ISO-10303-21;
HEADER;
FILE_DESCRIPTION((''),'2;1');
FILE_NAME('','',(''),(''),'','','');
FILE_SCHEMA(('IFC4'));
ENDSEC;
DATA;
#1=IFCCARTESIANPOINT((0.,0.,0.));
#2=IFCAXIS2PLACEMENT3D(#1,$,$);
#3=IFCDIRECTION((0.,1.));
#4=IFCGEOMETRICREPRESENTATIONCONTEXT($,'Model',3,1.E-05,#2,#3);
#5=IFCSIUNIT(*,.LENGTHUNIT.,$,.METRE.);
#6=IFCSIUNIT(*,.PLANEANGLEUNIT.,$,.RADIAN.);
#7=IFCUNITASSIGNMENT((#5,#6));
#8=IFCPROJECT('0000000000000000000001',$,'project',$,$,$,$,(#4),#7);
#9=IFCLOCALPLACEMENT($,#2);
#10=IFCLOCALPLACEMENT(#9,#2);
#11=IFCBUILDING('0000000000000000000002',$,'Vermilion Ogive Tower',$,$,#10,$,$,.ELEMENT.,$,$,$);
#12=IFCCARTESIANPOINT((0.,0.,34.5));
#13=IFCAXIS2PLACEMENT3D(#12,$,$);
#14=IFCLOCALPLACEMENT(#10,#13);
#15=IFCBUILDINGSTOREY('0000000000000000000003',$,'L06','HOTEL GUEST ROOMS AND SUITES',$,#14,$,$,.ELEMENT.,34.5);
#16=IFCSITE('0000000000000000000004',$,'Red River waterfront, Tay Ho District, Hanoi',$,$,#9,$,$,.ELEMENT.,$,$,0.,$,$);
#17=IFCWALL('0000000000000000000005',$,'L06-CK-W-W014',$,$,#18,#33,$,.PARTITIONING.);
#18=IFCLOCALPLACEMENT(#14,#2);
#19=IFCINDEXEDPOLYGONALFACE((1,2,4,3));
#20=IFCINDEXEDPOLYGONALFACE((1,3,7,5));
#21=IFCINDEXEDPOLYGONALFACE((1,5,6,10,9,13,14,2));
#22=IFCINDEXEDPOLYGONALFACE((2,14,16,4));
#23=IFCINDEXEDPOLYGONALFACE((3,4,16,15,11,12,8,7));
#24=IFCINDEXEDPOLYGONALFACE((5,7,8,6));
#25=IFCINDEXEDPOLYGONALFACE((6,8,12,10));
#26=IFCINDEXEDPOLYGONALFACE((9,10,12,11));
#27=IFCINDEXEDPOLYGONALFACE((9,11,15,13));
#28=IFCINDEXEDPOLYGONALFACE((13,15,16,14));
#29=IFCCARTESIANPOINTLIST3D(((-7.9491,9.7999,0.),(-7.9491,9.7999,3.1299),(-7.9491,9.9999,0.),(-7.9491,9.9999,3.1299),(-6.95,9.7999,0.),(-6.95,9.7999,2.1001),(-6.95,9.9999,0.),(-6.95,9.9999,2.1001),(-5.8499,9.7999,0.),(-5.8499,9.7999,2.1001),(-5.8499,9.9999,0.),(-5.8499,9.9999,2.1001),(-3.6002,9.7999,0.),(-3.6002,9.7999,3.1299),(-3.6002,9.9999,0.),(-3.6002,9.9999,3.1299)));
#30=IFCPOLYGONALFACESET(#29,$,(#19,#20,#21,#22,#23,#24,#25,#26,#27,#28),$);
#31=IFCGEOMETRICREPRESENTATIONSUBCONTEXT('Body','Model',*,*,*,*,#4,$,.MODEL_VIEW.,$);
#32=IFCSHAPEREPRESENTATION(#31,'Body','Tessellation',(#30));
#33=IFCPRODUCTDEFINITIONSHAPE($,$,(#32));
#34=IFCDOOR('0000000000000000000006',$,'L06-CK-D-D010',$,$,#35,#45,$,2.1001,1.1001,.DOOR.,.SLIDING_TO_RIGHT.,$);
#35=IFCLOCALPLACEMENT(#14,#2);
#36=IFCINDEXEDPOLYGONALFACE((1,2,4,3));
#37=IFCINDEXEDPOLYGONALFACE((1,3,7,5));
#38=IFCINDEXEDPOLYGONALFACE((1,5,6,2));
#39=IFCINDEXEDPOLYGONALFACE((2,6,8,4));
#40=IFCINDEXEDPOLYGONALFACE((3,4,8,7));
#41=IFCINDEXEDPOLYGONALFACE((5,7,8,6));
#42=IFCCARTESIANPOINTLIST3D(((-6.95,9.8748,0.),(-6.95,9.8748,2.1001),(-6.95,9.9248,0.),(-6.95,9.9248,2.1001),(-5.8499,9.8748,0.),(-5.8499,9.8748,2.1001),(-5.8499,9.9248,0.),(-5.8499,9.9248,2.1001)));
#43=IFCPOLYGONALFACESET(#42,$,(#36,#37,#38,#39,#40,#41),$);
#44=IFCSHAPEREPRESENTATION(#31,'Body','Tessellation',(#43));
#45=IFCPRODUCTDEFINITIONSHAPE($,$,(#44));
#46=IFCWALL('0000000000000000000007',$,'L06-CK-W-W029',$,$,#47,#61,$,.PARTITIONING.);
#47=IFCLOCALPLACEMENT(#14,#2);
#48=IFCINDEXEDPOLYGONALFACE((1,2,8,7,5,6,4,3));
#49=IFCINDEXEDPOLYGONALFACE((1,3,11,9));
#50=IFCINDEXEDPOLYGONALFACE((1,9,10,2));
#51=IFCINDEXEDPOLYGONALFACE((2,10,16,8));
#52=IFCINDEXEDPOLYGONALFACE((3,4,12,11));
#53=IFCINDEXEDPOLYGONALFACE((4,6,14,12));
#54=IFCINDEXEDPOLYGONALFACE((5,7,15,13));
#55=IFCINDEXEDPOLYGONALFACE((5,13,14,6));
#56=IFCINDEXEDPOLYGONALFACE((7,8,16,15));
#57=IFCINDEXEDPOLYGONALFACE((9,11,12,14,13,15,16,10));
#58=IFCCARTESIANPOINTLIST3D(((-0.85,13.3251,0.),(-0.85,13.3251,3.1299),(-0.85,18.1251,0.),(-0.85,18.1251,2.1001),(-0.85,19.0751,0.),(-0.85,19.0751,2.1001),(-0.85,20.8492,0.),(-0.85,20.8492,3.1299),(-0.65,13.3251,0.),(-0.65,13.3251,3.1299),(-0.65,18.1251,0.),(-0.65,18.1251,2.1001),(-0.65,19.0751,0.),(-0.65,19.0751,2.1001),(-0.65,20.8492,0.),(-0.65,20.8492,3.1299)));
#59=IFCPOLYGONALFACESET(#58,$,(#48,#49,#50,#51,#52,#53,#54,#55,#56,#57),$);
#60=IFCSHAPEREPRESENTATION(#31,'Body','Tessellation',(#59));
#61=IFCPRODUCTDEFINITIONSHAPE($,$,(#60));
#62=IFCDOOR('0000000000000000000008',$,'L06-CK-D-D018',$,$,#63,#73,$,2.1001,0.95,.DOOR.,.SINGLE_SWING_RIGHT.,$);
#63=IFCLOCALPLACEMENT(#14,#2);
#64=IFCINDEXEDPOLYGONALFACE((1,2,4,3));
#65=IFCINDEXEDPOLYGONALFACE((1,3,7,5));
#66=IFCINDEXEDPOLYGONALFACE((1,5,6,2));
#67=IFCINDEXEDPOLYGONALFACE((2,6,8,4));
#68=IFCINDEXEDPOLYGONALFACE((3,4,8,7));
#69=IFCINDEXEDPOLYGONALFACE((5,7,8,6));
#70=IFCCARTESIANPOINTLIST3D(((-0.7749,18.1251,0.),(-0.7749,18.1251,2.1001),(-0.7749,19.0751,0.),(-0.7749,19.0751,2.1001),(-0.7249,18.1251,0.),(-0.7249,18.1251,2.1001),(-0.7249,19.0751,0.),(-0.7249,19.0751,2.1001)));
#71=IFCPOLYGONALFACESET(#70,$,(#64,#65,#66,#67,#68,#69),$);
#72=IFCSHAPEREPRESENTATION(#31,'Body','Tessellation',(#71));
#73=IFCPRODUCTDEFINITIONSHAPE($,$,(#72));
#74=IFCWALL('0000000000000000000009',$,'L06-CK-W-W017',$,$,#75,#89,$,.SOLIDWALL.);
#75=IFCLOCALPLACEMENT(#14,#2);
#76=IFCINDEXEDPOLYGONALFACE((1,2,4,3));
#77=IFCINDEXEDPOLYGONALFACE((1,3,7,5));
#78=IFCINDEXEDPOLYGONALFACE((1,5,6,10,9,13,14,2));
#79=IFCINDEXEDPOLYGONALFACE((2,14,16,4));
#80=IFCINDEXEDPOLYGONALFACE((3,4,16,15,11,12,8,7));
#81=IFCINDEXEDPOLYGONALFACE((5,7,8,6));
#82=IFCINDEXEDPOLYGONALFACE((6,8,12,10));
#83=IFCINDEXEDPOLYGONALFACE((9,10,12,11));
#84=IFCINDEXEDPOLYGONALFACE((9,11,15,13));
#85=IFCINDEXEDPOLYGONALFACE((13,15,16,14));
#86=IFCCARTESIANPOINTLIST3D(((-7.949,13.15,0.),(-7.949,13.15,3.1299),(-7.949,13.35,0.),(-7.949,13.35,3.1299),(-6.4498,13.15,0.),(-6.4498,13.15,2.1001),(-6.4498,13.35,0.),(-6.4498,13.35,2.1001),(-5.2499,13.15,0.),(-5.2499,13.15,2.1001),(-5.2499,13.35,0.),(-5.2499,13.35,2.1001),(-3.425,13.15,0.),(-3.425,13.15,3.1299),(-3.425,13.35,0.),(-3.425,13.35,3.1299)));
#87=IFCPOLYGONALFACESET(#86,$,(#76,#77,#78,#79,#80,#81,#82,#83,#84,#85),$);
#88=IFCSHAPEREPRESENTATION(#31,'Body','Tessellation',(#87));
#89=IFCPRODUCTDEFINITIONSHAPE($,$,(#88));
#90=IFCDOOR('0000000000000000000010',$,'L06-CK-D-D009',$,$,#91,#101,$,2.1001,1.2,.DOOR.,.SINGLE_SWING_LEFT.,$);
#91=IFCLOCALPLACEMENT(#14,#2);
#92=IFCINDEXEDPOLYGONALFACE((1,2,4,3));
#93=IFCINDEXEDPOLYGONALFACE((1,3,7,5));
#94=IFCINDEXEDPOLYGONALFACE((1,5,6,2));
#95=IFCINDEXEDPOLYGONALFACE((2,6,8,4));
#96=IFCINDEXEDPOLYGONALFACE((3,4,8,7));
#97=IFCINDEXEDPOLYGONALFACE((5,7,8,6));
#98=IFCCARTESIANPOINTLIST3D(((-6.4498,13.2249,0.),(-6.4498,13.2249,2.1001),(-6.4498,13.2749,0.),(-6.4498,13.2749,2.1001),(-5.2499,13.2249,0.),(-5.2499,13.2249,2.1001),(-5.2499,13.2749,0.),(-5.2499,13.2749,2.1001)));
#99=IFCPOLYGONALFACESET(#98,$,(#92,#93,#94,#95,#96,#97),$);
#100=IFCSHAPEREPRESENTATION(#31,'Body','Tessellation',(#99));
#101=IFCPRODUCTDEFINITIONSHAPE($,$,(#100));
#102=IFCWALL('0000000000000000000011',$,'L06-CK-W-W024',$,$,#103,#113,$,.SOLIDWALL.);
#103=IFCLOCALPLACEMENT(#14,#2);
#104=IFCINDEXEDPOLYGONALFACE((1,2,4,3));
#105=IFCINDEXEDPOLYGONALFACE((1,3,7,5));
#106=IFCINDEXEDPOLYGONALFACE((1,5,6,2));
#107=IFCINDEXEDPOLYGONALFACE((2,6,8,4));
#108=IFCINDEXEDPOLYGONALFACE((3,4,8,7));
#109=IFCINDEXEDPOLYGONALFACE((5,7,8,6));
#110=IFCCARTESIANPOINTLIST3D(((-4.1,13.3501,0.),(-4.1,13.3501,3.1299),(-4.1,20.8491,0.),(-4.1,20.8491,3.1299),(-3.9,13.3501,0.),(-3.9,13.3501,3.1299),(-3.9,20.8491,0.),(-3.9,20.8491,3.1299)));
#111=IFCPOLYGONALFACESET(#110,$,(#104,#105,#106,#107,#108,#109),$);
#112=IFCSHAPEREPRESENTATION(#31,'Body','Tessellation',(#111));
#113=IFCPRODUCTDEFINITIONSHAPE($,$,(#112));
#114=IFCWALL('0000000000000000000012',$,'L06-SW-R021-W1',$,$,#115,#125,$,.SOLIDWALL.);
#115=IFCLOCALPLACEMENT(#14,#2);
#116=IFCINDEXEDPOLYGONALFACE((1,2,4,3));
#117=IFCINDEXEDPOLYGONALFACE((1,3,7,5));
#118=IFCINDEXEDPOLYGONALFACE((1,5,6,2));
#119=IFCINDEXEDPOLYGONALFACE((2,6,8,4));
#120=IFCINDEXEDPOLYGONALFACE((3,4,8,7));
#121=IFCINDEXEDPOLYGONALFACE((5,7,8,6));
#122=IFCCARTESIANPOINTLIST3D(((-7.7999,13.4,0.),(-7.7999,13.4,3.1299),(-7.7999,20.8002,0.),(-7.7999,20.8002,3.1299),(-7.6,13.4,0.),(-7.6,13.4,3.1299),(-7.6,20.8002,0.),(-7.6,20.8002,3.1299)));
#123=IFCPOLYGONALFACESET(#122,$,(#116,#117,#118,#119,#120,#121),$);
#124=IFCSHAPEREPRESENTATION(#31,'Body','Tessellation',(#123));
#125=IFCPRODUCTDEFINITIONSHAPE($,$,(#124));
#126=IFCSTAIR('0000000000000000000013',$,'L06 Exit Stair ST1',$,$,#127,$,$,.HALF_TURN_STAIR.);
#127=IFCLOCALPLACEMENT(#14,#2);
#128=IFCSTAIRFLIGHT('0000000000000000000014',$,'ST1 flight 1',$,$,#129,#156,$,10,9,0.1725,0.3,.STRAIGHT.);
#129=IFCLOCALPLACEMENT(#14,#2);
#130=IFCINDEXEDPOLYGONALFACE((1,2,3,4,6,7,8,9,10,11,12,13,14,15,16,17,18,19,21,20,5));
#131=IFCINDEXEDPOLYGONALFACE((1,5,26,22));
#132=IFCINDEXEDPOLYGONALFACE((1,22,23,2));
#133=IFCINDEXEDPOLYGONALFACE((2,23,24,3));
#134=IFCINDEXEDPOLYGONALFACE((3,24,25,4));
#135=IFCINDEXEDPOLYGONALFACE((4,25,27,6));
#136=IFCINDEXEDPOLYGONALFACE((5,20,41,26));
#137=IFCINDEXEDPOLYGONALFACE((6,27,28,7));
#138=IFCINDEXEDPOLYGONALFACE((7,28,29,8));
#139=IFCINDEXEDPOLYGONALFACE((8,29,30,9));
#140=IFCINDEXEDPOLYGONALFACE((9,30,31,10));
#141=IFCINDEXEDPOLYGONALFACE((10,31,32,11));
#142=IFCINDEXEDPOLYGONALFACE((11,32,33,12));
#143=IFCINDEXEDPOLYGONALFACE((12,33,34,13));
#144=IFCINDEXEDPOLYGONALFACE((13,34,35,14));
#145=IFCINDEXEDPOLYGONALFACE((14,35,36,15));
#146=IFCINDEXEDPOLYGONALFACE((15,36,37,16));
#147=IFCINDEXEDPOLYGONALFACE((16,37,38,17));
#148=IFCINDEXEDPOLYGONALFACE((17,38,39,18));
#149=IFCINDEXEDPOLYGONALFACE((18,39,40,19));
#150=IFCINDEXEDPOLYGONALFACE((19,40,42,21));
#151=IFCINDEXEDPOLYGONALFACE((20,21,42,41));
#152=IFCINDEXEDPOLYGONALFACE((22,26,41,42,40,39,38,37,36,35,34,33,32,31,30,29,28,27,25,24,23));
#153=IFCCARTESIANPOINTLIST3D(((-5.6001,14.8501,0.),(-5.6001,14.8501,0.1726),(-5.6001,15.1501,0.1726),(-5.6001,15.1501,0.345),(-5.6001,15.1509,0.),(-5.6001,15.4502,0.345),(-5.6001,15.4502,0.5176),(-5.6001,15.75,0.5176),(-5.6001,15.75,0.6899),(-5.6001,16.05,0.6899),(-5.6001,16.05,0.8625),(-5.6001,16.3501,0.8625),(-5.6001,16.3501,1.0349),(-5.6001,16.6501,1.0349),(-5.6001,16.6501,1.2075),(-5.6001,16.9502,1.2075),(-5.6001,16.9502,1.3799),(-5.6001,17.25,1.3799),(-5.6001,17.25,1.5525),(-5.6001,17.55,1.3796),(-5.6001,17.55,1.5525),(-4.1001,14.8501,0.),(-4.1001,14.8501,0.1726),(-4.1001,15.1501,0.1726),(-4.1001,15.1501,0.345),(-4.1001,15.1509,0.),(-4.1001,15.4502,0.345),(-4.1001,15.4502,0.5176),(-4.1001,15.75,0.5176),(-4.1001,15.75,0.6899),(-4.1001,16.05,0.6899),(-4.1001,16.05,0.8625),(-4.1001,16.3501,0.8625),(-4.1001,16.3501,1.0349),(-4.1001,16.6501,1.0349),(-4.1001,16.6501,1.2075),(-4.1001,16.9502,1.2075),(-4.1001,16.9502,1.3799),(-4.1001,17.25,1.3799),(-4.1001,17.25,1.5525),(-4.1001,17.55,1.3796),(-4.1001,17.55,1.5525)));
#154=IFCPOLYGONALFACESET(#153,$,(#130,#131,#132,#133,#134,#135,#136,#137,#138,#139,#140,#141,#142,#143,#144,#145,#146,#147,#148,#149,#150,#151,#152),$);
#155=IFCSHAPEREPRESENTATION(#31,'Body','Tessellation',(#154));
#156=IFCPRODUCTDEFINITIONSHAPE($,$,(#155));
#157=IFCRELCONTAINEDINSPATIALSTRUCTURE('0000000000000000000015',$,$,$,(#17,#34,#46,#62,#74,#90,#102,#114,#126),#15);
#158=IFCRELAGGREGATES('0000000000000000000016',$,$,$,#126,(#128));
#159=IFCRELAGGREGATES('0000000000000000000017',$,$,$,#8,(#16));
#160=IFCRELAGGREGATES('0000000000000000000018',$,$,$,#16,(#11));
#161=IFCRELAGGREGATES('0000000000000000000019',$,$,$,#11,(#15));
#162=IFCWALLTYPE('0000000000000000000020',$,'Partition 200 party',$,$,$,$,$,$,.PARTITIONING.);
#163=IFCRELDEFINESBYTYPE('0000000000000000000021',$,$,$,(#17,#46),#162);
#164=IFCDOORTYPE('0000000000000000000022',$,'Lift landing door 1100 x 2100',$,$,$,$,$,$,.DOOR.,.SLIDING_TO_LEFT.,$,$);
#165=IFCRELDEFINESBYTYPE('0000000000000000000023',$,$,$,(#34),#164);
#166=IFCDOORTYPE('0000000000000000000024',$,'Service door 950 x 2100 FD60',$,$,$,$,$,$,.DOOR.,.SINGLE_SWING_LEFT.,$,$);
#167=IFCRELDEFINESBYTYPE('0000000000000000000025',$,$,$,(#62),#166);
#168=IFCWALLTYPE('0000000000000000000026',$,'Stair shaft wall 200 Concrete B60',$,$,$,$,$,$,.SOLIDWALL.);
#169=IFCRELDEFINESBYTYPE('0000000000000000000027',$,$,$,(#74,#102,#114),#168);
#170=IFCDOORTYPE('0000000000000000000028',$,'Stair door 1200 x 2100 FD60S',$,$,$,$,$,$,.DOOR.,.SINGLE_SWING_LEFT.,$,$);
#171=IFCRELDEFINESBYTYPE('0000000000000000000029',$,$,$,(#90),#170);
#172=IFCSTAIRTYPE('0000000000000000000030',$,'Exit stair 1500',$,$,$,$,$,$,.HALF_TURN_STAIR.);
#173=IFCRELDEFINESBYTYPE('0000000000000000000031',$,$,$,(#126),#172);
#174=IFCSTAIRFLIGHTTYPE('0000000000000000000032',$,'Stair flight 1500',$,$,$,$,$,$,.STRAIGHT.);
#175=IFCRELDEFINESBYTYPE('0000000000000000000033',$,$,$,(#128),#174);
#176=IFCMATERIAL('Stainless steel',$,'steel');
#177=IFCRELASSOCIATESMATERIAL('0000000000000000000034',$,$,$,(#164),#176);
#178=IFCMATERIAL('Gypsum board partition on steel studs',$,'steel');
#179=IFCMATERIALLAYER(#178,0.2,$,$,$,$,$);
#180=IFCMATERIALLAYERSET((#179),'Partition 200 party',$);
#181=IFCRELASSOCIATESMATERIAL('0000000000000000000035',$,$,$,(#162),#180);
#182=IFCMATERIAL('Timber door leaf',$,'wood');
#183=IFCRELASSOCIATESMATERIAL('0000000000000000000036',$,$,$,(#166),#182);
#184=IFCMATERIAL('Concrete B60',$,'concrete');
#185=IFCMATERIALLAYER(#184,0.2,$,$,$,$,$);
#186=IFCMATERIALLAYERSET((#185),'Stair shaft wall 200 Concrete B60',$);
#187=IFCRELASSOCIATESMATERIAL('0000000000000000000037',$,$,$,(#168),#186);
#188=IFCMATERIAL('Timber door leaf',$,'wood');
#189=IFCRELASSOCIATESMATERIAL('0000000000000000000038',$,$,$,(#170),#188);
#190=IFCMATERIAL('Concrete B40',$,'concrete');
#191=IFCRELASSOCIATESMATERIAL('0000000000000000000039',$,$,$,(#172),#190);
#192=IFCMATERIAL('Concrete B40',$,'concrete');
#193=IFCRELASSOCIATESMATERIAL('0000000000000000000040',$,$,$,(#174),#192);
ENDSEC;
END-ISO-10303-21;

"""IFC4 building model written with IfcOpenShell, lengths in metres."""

from ifc_helpers import new_model, si_unit, direction, frame, frame_2d, origin, place, context, subcontext, project, spatial, polyline, rectangle, outline, extrude, material, layer, layer_set, type_object, element, fill, aggregate, save


model = new_model("IFC4")

# Units and contexts
model_context = context("Model", 3, precision=1e-05, world=origin(), true_north=direction((0.0, 1.0)))
body_context = subcontext(model_context, "Body", "Model", "MODEL_VIEW")
ifc_project = project(units=[si_unit("LENGTHUNIT", "METRE"), si_unit("PLANEANGLEUNIT", "RADIAN")], contexts=[model_context])

# Site, building, storey
site_placement = place(None, origin())
site = spatial("IfcSite", under=ifc_project, at=site_placement, Name="Red River waterfront, Tay Ho District, Hanoi", CompositionType="ELEMENT", RefElevation=0.0)
building_placement = place(site_placement, origin())
building = spatial("IfcBuilding", under=site, at=building_placement, Name="Vermilion Ogive Tower", CompositionType="ELEMENT")
storey_placement = place(building_placement, frame((0.0, 0.0, 34.5)))
storey = spatial("IfcBuildingStorey", under=building, at=storey_placement, Name="L06", Description="HOTEL GUEST ROOMS AND SUITES", CompositionType="ELEMENT", Elevation=34.5)

# Shared definitions
ifc_material_1 = material(Name="Stainless steel", Category="steel")
door_type_1 = type_object("IfcDoorType", Name="Lift landing door 1100 x 2100", OperationType="SLIDING_TO_LEFT", PredefinedType="DOOR", material=ifc_material_1)

# Walls, openings, doors
ifc_material_2 = material(Name="Gypsum board partition on steel studs", Category="steel")
ifc_layer_1 = layer(ifc_material_2, 0.2)
ifc_layer_set_1 = layer_set([ifc_layer_1], Name="Partition 200 party")
wall_type_1 = type_object("IfcWallType", Name="Partition 200 party", PredefinedType="PARTITIONING", material=ifc_layer_set_1)
wall_1_placement = place(storey_placement, frame((-7.949, 9.8999, 0.0), z_axis=(0.0, 0.0, 1.0), x_axis=(1.0, 0.0, 0.0)))
wall_1 = element("IfcWall", 1, at=wall_1_placement, inside=storey, type_object=wall_type_1, Name="L06-CK-W-W014", PredefinedType="PARTITIONING", context=body_context, shape_type="SweptSolid", body=[
    extrude(rectangle(XDim=4.3489, YDim=0.2, at=frame_2d((2.1743, 0.0))), origin(), (0.0, 0.0, 1.0), 3.1299),
])
opening_1_placement = place(wall_1_placement, frame((0.999, 0.0, 0.0)))
opening_1 = element("IfcOpeningElement", 2, at=opening_1_placement, cuts=wall_1, PredefinedType="OPENING", context=body_context, shape_type="SweptSolid", body=[
    extrude(rectangle(XDim=1.1001, YDim=2.1001, at=frame_2d((0.55, 1.05))), frame((0.0, 0.1099, 0.0), z_axis=(0.0, -1.0, 0.0), x_axis=(1.0, 0.0, 0.0)), (0.0, 0.0, 1.0), 0.22),
])
door_1_placement = place(opening_1_placement, origin())
door_1 = element("IfcDoor", 3, at=door_1_placement, inside=storey, type_object=door_type_1, Name="L06-CK-D-D010", OperationType="SLIDING_TO_RIGHT", OverallHeight=2.1001, OverallWidth=1.1001, PredefinedType="DOOR", context=body_context, shape_type="SweptSolid", body=[
    extrude(rectangle(XDim=1.1001, YDim=2.1001, at=frame_2d((0.55, 1.05))), frame((0.0, 0.0249, 0.0), z_axis=(0.0, -1.0, 0.0), x_axis=(1.0, 0.0, 0.0)), (0.0, 0.0, 1.0), 0.05),
])
fill(opening_1, door_1)
wall_2_placement = place(storey_placement, frame((-0.75, 13.325, 0.0), z_axis=(0.0, 0.0, 1.0), x_axis=(0.0, 1.0, 0.0)))
wall_2 = element("IfcWall", 4, at=wall_2_placement, inside=storey, type_object=wall_type_1, Name="L06-CK-W-W029", PredefinedType="PARTITIONING", context=body_context, shape_type="SweptSolid", body=[
    extrude(rectangle(XDim=7.5242, YDim=0.2, at=frame_2d((3.7622, 0.0))), origin(), (0.0, 0.0, 1.0), 3.1299),
])
opening_2_placement = place(wall_2_placement, frame((4.8, 0.0, 0.0)))
opening_2 = element("IfcOpeningElement", 5, at=opening_2_placement, cuts=wall_2, PredefinedType="OPENING", context=body_context, shape_type="SweptSolid", body=[
    extrude(rectangle(XDim=0.95, YDim=2.1001, at=frame_2d((0.4751, 1.05))), frame((0.0, 0.1099, 0.0), z_axis=(0.0, -1.0, 0.0), x_axis=(1.0, 0.0, 0.0)), (0.0, 0.0, 1.0), 0.22),
])
ifc_material_3 = material(Name="Timber door leaf", Category="wood")
door_type_2 = type_object("IfcDoorType", Name="Service door 950 x 2100 FD60", OperationType="SINGLE_SWING_LEFT", PredefinedType="DOOR", material=ifc_material_3)
door_2_placement = place(opening_2_placement, origin())
door_2 = element("IfcDoor", 6, at=door_2_placement, inside=storey, type_object=door_type_2, Name="L06-CK-D-D018", OperationType="SINGLE_SWING_RIGHT", OverallHeight=2.1001, OverallWidth=0.95, PredefinedType="DOOR", context=body_context, shape_type="SweptSolid", body=[
    extrude(rectangle(XDim=0.95, YDim=2.1001, at=frame_2d((0.4751, 1.05))), frame((0.0, 0.0249, 0.0), z_axis=(0.0, -1.0, 0.0), x_axis=(1.0, 0.0, 0.0)), (0.0, 0.0, 1.0), 0.05),
])
fill(opening_2, door_2)
ifc_material_4 = material(Name="Concrete B60", Category="concrete")
ifc_layer_2 = layer(ifc_material_4, 0.2)
ifc_layer_set_2 = layer_set([ifc_layer_2], Name="Stair shaft wall 200 Concrete B60")
wall_type_2 = type_object("IfcWallType", Name="Stair shaft wall 200 Concrete B60", PredefinedType="SOLIDWALL", material=ifc_layer_set_2)
wall_3_placement = place(storey_placement, frame((-7.949, 13.25, 0.0), z_axis=(0.0, 0.0, 1.0), x_axis=(1.0, 0.0, 0.0)))
wall_3 = element("IfcWall", 7, at=wall_3_placement, inside=storey, type_object=wall_type_2, Name="L06-CK-W-W017", PredefinedType="SOLIDWALL", context=body_context, shape_type="SweptSolid", body=[
    extrude(rectangle(XDim=4.5239, YDim=0.2, at=frame_2d((2.262, 0.0))), origin(), (0.0, 0.0, 1.0), 3.1299),
])
opening_3_placement = place(wall_3_placement, frame((1.499, 0.0, 0.0)))
opening_3 = element("IfcOpeningElement", 8, at=opening_3_placement, cuts=wall_3, PredefinedType="OPENING", context=body_context, shape_type="SweptSolid", body=[
    extrude(rectangle(XDim=1.2, YDim=2.1001, at=frame_2d((0.6001, 1.05))), frame((0.0, 0.1099, 0.0), z_axis=(0.0, -1.0, 0.0), x_axis=(1.0, 0.0, 0.0)), (0.0, 0.0, 1.0), 0.22),
])
ifc_material_5 = material(Name="Timber door leaf", Category="wood")
door_type_3 = type_object("IfcDoorType", Name="Stair door 1200 x 2100 FD60S", OperationType="SINGLE_SWING_LEFT", PredefinedType="DOOR", material=ifc_material_5)
door_3_placement = place(opening_3_placement, origin())
door_3 = element("IfcDoor", 9, at=door_3_placement, inside=storey, type_object=door_type_3, Name="L06-CK-D-D009", OperationType="SINGLE_SWING_LEFT", OverallHeight=2.1001, OverallWidth=1.2, PredefinedType="DOOR", context=body_context, shape_type="SweptSolid", body=[
    extrude(rectangle(XDim=1.2, YDim=2.1001, at=frame_2d((0.6001, 1.05))), frame((0.0, 0.0249, 0.0), z_axis=(0.0, -1.0, 0.0), x_axis=(1.0, 0.0, 0.0)), (0.0, 0.0, 1.0), 0.05),
])
fill(opening_3, door_3)

# Walls
wall_4_placement = place(storey_placement, frame((-4.0, 13.3501, 0.0), z_axis=(0.0, 0.0, 1.0), x_axis=(0.0, 1.0, 0.0)))
element("IfcWall", 10, at=wall_4_placement, inside=storey, type_object=wall_type_2, Name="L06-CK-W-W024", PredefinedType="SOLIDWALL", context=body_context, shape_type="SweptSolid", body=[
    extrude(rectangle(XDim=7.499, YDim=0.2, at=frame_2d((3.7495, 0.0))), origin(), (0.0, 0.0, 1.0), 3.1299),
])
wall_5_placement = place(storey_placement, frame((-7.7, 13.3999, 0.0), z_axis=(0.0, 0.0, 1.0), x_axis=(0.0, 1.0, 0.0)))
element("IfcWall", 11, at=wall_5_placement, inside=storey, type_object=wall_type_2, Name="L06-SW-R021-W1", PredefinedType="SOLIDWALL", context=body_context, shape_type="SweptSolid", body=[
    extrude(rectangle(XDim=7.4001, YDim=0.2, at=frame_2d((3.7002, 0.0))), origin(), (0.0, 0.0, 1.0), 3.1299),
])

# Stair, stair flight
ifc_material_6 = material(Name="Concrete B40", Category="concrete")
stair_type = type_object("IfcStairType", Name="Exit stair 1500", PredefinedType="HALF_TURN_STAIR", material=ifc_material_6)
stair_placement = place(storey_placement, origin())
stair = element("IfcStair", 12, at=stair_placement, inside=storey, type_object=stair_type, Name="L06 Exit Stair ST1", PredefinedType="HALF_TURN_STAIR")
ifc_material_7 = material(Name="Concrete B40", Category="concrete")
stair_flight_type = type_object("IfcStairFlightType", Name="Stair flight 1500", PredefinedType="STRAIGHT", material=ifc_material_7)
stair_flight_placement = place(storey_placement, frame((-4.8501, 14.8501, 0.0), z_axis=(0.0, 0.0, 1.0), x_axis=(0.0, 1.0, 0.0)))
stair_flight = element("IfcStairFlight", 13, at=stair_flight_placement, type_object=stair_flight_type, Name="ST1 flight 1", NumberOfRisers=10, NumberOfTreads=9, PredefinedType="STRAIGHT", RiserHeight=0.1725, TreadLength=0.3, context=body_context, shape_type="SweptSolid", body=[
    extrude(outline(polyline([(0.0, 0.0), (0.0, 0.1726), (0.3, 0.1726), (0.3, 0.345), (0.6001, 0.345), (0.6001, 0.5176), (0.8999, 0.5176), (0.8999, 0.6899), (1.2, 0.6899), (1.2, 0.8625), (1.5, 0.8625), (1.5, 1.0349), (1.8, 1.0349), (1.8, 1.2075), (2.1001, 1.2075), (2.1001, 1.3799), (2.3999, 1.3799), (2.3999, 1.5525), (2.7, 1.5525), (2.7, 1.7251), (2.7, 1.3796), (0.3008, 0.0), (0.0, 0.0)])), frame((0.0, 0.75, 0.0), z_axis=(0.0, -1.0, 0.0), x_axis=(1.0, 0.0, 0.0)), (0.0, 0.0, 1.0), 1.5),
])
aggregate(stair, [stair_flight])

save(model, "model.ifc")
